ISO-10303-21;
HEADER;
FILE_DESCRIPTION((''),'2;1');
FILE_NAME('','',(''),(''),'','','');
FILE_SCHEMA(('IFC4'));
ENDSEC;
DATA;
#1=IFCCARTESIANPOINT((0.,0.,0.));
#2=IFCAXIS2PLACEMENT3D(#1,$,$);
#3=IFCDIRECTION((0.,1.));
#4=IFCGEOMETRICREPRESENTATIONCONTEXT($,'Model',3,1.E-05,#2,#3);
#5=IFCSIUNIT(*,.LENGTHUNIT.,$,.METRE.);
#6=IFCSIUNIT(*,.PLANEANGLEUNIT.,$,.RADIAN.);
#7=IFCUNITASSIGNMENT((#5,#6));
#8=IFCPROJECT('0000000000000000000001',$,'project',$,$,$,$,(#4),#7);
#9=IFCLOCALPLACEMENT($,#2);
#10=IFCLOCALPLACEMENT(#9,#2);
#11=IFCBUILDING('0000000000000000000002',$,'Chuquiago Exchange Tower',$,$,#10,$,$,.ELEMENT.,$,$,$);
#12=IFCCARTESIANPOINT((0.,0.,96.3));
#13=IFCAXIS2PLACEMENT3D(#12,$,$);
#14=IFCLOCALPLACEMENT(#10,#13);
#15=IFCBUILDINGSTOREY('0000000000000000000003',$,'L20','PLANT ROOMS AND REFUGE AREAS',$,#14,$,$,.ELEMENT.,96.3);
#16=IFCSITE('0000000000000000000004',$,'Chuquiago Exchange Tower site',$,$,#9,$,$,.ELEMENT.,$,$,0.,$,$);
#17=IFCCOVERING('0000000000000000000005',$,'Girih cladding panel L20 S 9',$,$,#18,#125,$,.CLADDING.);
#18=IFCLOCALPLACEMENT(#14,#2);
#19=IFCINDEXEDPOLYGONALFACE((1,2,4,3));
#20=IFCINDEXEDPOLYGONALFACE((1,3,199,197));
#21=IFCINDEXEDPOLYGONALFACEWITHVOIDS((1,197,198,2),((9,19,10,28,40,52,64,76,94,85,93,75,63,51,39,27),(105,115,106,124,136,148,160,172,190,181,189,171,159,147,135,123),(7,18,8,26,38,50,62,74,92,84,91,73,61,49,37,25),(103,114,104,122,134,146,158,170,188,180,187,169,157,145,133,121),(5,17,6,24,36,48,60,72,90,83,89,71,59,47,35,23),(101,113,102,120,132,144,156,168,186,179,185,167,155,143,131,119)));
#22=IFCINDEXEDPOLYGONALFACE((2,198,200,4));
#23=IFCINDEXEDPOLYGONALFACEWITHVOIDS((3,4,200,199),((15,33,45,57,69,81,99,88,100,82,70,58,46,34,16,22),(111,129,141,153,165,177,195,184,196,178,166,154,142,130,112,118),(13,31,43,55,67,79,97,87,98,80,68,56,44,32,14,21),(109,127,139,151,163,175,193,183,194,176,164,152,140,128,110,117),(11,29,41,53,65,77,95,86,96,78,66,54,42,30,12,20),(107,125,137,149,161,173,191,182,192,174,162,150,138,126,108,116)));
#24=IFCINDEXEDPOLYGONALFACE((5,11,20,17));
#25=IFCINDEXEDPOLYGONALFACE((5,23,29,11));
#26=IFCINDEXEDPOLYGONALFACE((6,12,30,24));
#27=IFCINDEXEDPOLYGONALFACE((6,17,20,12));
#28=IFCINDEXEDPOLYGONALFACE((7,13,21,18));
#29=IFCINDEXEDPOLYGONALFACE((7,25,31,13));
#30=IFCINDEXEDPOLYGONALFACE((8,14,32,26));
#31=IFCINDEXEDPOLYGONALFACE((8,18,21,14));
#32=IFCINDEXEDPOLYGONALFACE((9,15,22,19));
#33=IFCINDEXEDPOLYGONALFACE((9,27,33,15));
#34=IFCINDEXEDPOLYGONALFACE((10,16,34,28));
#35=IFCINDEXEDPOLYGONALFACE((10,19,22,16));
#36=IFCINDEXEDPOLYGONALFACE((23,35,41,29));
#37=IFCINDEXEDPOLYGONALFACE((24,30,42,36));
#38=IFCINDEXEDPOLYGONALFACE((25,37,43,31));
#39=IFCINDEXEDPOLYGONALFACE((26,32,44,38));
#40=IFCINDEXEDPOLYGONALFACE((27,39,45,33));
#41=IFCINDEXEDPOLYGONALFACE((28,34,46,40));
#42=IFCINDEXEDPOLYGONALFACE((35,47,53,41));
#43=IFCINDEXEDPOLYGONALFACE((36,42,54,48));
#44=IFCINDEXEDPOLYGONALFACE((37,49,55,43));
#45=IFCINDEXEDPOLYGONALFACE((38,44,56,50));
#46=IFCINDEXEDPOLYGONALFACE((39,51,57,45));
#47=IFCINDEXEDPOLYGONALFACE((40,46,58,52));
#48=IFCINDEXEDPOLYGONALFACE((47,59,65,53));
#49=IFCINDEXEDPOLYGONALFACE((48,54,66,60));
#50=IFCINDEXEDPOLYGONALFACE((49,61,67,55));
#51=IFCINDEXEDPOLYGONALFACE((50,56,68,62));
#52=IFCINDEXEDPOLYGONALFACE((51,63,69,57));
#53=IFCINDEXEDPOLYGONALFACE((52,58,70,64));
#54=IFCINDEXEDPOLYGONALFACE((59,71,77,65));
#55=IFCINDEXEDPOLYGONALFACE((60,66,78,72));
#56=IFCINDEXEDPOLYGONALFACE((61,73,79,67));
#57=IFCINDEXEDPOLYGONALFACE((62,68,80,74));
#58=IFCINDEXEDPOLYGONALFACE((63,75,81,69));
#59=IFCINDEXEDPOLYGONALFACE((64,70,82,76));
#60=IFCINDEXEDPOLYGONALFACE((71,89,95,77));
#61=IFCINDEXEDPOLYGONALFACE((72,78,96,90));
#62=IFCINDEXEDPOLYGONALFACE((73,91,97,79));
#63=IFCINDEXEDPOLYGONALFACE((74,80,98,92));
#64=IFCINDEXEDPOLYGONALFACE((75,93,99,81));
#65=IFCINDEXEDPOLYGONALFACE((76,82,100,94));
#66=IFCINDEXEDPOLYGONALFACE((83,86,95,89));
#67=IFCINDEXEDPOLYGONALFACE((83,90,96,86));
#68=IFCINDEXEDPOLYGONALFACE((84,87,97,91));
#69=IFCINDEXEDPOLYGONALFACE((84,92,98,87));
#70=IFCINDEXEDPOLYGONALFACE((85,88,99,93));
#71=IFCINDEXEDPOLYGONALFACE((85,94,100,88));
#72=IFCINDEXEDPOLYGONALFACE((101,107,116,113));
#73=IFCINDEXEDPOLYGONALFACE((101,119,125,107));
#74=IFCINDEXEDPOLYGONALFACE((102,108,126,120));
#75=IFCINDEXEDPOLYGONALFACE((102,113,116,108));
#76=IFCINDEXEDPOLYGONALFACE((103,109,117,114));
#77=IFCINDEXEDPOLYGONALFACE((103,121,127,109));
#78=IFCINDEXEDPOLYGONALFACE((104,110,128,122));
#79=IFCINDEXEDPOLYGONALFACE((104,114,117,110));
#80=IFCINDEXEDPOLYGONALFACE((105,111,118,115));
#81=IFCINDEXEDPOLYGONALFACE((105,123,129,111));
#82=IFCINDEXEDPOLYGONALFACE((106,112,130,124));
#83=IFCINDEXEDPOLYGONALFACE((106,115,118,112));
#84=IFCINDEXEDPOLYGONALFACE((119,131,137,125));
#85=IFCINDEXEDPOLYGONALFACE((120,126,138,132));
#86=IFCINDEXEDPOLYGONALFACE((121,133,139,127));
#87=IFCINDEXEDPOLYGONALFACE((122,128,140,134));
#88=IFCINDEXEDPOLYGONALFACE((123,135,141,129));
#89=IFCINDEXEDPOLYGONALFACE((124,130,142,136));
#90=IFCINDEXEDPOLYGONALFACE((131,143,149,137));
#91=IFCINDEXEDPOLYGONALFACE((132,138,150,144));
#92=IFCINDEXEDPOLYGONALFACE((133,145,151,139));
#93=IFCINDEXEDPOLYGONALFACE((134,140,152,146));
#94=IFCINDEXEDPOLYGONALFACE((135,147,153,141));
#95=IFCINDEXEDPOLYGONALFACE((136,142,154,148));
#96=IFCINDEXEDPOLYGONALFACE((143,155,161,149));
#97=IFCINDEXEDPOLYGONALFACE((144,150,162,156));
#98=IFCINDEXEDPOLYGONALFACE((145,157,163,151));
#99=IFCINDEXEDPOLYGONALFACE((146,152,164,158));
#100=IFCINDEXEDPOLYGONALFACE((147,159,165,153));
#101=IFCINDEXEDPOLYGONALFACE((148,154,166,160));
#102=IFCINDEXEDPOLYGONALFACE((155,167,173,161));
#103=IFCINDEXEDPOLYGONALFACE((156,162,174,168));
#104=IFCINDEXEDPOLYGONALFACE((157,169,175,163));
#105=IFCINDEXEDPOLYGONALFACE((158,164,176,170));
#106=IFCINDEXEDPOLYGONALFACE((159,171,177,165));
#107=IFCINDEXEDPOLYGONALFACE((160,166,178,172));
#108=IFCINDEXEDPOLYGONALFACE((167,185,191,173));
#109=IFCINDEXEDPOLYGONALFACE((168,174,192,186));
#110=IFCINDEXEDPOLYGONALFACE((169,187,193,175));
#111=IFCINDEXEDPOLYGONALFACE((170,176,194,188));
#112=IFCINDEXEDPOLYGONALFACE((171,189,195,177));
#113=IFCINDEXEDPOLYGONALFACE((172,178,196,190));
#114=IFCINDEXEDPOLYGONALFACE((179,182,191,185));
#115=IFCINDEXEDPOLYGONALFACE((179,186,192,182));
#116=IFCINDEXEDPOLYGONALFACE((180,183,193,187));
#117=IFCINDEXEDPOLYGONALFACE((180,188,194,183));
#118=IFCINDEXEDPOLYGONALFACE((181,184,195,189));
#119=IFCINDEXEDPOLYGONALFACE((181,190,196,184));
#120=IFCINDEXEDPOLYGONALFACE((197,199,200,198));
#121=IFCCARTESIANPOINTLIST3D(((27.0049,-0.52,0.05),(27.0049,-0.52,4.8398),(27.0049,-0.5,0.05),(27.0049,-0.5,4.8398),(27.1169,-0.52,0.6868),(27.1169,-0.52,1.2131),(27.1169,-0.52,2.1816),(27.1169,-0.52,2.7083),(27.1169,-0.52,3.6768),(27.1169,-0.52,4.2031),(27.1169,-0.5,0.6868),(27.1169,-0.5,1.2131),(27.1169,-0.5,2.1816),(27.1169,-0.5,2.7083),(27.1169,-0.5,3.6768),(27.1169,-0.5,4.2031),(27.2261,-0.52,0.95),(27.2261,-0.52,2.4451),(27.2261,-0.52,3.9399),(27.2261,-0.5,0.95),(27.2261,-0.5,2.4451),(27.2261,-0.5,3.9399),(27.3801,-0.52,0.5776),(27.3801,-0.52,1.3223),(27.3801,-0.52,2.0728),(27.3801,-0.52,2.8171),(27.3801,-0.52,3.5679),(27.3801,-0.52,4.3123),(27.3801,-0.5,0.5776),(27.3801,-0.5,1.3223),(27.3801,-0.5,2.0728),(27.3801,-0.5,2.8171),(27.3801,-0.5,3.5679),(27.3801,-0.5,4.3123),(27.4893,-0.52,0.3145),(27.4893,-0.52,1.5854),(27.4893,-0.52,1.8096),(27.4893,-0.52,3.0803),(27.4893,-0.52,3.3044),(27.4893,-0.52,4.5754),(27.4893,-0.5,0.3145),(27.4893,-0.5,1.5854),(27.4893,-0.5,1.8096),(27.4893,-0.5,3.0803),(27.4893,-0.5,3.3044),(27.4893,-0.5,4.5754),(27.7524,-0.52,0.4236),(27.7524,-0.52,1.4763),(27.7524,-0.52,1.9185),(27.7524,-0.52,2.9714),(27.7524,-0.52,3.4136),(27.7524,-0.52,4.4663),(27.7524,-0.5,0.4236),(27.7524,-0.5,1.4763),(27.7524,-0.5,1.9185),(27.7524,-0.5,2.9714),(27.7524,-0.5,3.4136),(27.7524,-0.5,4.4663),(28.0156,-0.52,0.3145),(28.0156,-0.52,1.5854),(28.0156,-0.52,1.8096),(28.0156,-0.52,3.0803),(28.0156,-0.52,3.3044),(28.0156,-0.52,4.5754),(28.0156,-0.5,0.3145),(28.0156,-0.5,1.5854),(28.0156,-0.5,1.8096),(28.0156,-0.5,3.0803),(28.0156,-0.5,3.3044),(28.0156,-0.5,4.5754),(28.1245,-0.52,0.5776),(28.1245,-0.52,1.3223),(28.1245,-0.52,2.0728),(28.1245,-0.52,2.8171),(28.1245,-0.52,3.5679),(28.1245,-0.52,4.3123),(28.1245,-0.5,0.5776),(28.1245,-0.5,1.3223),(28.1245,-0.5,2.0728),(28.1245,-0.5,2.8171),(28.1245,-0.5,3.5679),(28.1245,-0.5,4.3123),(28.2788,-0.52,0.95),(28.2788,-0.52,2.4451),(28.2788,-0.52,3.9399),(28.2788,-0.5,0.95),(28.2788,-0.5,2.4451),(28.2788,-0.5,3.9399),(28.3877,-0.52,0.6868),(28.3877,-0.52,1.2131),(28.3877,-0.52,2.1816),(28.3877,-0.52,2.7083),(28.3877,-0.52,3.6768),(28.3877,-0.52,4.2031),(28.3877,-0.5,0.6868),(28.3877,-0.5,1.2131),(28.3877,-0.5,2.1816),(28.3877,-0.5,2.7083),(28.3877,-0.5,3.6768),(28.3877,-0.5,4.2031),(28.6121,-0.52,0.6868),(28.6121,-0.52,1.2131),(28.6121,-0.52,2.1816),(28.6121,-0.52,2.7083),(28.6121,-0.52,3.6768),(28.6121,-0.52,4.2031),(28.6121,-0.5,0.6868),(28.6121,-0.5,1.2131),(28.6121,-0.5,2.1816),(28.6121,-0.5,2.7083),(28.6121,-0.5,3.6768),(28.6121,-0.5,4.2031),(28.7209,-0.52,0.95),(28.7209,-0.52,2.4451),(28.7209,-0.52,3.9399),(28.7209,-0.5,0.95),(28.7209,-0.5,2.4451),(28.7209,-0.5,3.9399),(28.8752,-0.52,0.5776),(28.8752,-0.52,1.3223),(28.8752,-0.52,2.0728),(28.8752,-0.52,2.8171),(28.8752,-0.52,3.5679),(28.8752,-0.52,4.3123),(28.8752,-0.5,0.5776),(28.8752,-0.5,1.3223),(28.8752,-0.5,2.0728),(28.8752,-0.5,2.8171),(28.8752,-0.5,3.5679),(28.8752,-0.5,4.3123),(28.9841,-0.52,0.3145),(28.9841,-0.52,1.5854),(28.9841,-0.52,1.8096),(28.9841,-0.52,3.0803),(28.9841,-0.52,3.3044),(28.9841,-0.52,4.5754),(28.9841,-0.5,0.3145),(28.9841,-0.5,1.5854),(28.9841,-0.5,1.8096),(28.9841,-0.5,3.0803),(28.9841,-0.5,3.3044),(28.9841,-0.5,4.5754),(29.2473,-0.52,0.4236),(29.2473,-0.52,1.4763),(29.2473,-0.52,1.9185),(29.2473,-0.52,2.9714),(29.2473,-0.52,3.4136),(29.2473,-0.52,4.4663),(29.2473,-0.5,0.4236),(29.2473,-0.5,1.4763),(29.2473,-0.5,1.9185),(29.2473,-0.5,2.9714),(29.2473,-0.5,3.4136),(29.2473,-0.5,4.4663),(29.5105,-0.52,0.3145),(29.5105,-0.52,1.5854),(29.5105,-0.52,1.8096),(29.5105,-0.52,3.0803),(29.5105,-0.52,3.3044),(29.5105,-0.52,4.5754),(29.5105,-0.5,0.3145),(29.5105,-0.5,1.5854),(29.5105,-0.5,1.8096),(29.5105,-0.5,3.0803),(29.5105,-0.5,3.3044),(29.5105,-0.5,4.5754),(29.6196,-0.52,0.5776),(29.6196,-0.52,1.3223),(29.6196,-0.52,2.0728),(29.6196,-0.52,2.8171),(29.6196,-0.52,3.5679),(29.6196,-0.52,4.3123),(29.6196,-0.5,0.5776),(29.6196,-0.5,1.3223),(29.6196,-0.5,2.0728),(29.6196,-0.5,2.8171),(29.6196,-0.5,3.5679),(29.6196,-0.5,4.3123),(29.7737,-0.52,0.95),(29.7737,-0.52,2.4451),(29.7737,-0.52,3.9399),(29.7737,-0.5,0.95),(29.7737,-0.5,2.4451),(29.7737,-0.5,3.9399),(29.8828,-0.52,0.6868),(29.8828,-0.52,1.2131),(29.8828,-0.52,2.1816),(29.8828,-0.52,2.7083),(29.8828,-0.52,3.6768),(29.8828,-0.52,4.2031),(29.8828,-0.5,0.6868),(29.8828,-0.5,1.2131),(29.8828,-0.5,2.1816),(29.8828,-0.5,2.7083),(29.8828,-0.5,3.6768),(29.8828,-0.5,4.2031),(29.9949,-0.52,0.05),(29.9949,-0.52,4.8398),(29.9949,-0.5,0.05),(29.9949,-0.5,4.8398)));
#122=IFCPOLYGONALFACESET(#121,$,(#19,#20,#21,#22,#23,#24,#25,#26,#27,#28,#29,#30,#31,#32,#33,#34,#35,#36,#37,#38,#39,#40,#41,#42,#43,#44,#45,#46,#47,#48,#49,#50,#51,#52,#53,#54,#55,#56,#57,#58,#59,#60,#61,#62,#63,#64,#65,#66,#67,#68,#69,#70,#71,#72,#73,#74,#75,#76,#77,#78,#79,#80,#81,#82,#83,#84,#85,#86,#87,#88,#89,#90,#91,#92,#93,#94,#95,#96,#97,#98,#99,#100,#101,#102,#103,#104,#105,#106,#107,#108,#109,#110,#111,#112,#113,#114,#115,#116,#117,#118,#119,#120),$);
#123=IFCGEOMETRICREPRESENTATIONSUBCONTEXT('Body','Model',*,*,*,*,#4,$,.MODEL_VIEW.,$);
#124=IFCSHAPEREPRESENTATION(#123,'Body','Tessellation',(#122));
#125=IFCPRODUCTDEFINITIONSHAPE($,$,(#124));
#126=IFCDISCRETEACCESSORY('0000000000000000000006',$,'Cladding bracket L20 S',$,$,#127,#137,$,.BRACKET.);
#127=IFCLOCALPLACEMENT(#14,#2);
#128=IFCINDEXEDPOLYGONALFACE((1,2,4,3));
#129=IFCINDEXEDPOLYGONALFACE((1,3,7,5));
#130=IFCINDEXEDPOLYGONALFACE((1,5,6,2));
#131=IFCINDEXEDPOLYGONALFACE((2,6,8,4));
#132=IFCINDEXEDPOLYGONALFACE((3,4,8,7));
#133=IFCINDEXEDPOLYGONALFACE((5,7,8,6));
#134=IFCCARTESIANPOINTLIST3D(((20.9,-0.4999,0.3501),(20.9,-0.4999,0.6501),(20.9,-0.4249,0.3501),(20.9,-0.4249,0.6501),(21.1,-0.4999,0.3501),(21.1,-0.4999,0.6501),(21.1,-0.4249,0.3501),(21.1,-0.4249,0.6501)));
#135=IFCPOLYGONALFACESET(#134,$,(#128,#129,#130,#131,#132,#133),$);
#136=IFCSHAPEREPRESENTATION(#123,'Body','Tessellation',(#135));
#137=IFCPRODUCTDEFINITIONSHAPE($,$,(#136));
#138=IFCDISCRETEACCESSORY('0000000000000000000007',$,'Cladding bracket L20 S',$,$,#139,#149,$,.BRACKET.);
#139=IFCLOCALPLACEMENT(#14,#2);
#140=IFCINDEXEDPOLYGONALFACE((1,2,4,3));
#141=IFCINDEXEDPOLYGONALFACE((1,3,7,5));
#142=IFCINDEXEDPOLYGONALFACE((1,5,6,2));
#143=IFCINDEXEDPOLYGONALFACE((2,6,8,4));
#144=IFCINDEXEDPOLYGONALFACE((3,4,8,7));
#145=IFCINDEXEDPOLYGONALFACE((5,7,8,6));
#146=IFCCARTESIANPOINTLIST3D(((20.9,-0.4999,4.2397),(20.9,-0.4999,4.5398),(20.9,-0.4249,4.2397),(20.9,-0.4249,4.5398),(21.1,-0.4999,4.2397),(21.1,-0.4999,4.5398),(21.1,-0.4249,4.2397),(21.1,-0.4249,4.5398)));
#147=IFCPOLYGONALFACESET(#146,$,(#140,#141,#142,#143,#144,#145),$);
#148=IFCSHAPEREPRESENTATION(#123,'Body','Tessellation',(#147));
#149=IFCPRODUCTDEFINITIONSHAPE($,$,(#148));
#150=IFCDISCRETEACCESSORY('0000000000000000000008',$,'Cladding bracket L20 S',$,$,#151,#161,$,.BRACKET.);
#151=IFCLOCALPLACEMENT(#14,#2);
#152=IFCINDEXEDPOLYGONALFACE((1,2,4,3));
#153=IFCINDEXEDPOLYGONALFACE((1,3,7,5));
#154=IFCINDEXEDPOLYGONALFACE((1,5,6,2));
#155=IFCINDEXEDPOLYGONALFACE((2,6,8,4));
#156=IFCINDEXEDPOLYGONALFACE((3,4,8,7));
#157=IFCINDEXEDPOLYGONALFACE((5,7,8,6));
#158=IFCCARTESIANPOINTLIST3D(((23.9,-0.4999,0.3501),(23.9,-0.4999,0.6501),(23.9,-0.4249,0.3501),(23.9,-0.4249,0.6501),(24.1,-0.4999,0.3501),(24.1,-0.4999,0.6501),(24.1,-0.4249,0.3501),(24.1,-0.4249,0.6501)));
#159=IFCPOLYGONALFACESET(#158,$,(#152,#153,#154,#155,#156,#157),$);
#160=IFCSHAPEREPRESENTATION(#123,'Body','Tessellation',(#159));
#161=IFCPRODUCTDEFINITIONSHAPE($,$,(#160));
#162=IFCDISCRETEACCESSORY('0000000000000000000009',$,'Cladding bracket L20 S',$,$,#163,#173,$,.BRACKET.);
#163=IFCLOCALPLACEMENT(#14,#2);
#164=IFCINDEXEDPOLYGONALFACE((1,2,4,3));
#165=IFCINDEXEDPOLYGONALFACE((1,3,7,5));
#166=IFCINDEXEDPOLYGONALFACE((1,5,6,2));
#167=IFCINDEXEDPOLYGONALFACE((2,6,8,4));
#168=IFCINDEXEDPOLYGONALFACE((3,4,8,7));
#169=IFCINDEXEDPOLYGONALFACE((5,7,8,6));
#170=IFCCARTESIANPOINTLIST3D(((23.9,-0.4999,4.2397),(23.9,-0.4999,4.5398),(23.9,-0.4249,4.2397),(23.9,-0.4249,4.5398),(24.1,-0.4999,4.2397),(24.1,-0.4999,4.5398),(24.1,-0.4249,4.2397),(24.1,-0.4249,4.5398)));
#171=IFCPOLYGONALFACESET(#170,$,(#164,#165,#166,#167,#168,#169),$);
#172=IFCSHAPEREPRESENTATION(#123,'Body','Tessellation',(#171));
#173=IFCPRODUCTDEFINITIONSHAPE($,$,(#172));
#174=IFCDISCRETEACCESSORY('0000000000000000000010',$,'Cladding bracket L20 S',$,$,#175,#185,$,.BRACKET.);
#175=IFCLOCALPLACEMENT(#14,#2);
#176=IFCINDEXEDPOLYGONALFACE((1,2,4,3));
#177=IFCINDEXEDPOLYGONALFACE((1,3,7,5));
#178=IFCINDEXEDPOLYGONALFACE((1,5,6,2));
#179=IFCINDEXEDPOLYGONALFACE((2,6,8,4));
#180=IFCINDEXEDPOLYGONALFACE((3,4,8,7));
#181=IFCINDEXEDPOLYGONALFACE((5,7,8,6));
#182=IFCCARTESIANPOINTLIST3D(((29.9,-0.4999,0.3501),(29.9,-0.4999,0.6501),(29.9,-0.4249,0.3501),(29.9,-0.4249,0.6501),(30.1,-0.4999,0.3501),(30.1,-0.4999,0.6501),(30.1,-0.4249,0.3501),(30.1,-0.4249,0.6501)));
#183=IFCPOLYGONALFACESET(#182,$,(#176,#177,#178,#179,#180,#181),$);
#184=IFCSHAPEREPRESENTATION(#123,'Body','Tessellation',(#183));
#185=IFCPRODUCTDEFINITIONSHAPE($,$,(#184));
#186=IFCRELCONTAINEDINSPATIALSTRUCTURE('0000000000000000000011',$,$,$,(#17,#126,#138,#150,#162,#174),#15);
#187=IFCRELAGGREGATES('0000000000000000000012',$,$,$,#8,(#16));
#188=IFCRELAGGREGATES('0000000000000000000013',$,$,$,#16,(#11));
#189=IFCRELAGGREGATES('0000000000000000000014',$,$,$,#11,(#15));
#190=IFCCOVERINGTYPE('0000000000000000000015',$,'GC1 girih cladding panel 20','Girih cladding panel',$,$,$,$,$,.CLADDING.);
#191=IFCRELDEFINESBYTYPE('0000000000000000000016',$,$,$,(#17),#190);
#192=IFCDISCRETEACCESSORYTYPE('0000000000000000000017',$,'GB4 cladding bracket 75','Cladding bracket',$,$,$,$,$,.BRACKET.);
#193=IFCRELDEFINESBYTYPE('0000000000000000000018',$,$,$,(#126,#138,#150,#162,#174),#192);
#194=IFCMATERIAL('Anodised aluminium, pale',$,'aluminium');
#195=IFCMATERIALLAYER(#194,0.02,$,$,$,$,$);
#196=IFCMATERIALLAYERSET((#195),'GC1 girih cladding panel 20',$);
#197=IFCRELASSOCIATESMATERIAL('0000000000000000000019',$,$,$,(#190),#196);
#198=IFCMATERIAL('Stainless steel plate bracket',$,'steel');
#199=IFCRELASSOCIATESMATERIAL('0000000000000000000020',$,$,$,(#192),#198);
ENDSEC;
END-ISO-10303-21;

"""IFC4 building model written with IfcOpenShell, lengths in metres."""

from ifc_helpers import new_model, si_unit, direction, frame, origin, origin_2d, place, context, subcontext, project, spatial, polyline, rectangle, outline, extrude, material, layer, layer_set, type_object, element, save


model = new_model("IFC4")

# Units and contexts
model_context = context("Model", 3, precision=1e-05, world=origin(), true_north=direction((0.0, 1.0)))
body_context = subcontext(model_context, "Body", "Model", "MODEL_VIEW")
ifc_project = project(units=[si_unit("LENGTHUNIT", "METRE"), si_unit("PLANEANGLEUNIT", "RADIAN")], contexts=[model_context])

# Site, building, storey
site_placement = place(None, origin())
site = spatial("IfcSite", under=ifc_project, at=site_placement, Name="Chuquiago Exchange Tower site", CompositionType="ELEMENT", RefElevation=0.0)
building_placement = place(site_placement, origin())
building = spatial("IfcBuilding", under=site, at=building_placement, Name="Chuquiago Exchange Tower", CompositionType="ELEMENT")
storey_placement = place(building_placement, frame((0.0, 0.0, 96.3)))
storey = spatial("IfcBuildingStorey", under=building, at=storey_placement, Name="L20", Description="PLANT ROOMS AND REFUGE AREAS", CompositionType="ELEMENT", Elevation=96.3)

# Covering
ifc_material_1 = material(Name="Anodised aluminium, pale", Category="aluminium")
ifc_layer_1 = layer(ifc_material_1, 0.02)
ifc_layer_set_1 = layer_set([ifc_layer_1], Name="GC1 girih cladding panel 20")
covering_type = type_object("IfcCoveringType", Name="GC1 girih cladding panel 20", Description="Girih cladding panel", PredefinedType="CLADDING", material=ifc_layer_set_1)
covering_1_placement = place(storey_placement, frame((27.0049, -0.5, 0.05), z_axis=(0.0, 0.0, 1.0), x_axis=(1.0, 0.0, 0.0)))
element("IfcCovering", 1, at=covering_1_placement, inside=storey, type_object=covering_type, Name="Girih cladding panel L20 S 9", PredefinedType="CLADDING", context=body_context, shape_type="SweptSolid", body=[
    extrude(outline(polyline([(0.0, 0.0), (2.99, 0.0), (2.99, 4.7898), (0.0, 4.7898), (0.0, 0.0)]), holes=[polyline([(1.2739, 0.8999), (1.3828, 1.1631), (1.1196, 1.2722), (1.0107, 1.5354), (0.7476, 1.4263), (0.4844, 1.5354), (0.3752, 1.2722), (0.1121, 1.1631), (0.2212, 0.8999), (0.1121, 0.6367), (0.3752, 0.5276), (0.4844, 0.2644), (0.7476, 0.3735), (1.0107, 0.2644), (1.1196, 0.5276), (1.3828, 0.6367), (1.2739, 0.8999)]), polyline([(2.7688, 0.8999), (2.8779, 1.1631), (2.6147, 1.2722), (2.5056, 1.5354), (2.2424, 1.4263), (1.9792, 1.5354), (1.8704, 1.2722), (1.6072, 1.1631), (1.7161, 0.8999), (1.6072, 0.6367), (1.8704, 0.5276), (1.9792, 0.2644), (2.2424, 0.3735), (2.5056, 0.2644), (2.6147, 0.5276), (2.8779, 0.6367), (2.7688, 0.8999)]), polyline([(1.2739, 2.395), (1.3828, 2.6582), (1.1196, 2.7671), (1.0107, 3.0303), (0.7476, 2.9214), (0.4844, 3.0303), (0.3752, 2.7671), (0.1121, 2.6582), (0.2212, 2.395), (0.1121, 2.1316), (0.3752, 2.0227), (0.4844, 1.7595), (0.7476, 1.8684), (1.0107, 1.7595), (1.1196, 2.0227), (1.3828, 2.1316), (1.2739, 2.395)]), polyline([(2.7688, 2.395), (2.8779, 2.6582), (2.6147, 2.7671), (2.5056, 3.0303), (2.2424, 2.9214), (1.9792, 3.0303), (1.8704, 2.7671), (1.6072, 2.6582), (1.7161, 2.395), (1.6072, 2.1316), (1.8704, 2.0227), (1.9792, 1.7595), (2.2424, 1.8684), (2.5056, 1.7595), (2.6147, 2.0227), (2.8779, 2.1316), (2.7688, 2.395)]), polyline([(1.2739, 3.8899), (1.3828, 4.1531), (1.1196, 4.2622), (1.0107, 4.5254), (0.7476, 4.4163), (0.4844, 4.5254), (0.3752, 4.2622), (0.1121, 4.1531), (0.2212, 3.8899), (0.1121, 3.6267), (0.3752, 3.5178), (0.4844, 3.2544), (0.7476, 3.3635), (1.0107, 3.2544), (1.1196, 3.5178), (1.3828, 3.6267), (1.2739, 3.8899)]), polyline([(2.7688, 3.8899), (2.8779, 4.1531), (2.6147, 4.2622), (2.5056, 4.5254), (2.2424, 4.4163), (1.9792, 4.5254), (1.8704, 4.2622), (1.6072, 4.1531), (1.7161, 3.8899), (1.6072, 3.6267), (1.8704, 3.5178), (1.9792, 3.2544), (2.2424, 3.3635), (2.5056, 3.2544), (2.6147, 3.5178), (2.8779, 3.6267), (2.7688, 3.8899)])]), frame((0.0, 0.0, 0.0), z_axis=(0.0, -1.0, 0.0), x_axis=(1.0, 0.0, 0.0)), (0.0, 0.0, 1.0), 0.02),
])

# Discrete accessories
ifc_material_2 = material(Name="Stainless steel plate bracket", Category="steel")
discrete_accessory_type_1 = type_object("IfcDiscreteAccessoryType", Name="GB4 cladding bracket 75", Description="Cladding bracket", PredefinedType="BRACKET", material=ifc_material_2)
for number, where, z_axis, x_axis, name in (
    (2, (21.0, -0.4624, 0.3501), (0.0, 0.0, 1.0), (1.0, 0.0, 0.0), "Cladding bracket L20 S"),
    (3, (21.0, -0.4624, 4.2397), (0.0, 0.0, 1.0), (1.0, 0.0, 0.0), "Cladding bracket L20 S"),
    (4, (24.0, -0.4624, 0.3501), (0.0, 0.0, 1.0), (1.0, 0.0, 0.0), "Cladding bracket L20 S"),
    (5, (24.0, -0.4624, 4.2397), (0.0, 0.0, 1.0), (1.0, 0.0, 0.0), "Cladding bracket L20 S"),
    (6, (30.0, -0.4624, 0.3501), (0.0, 0.0, 1.0), (1.0, 0.0, 0.0), "Cladding bracket L20 S"),
):
    element("IfcDiscreteAccessory", number, at=place(storey_placement, frame(where, z_axis=z_axis, x_axis=x_axis)), inside=storey, type_object=discrete_accessory_type_1, Name=name, PredefinedType="BRACKET", context=body_context, shape_type="SweptSolid", body=[
        extrude(rectangle(XDim=0.2, YDim=0.075, at=origin_2d()), origin(), (0.0, 0.0, 1.0), 0.3),
    ])

save(model, "model.ifc")
